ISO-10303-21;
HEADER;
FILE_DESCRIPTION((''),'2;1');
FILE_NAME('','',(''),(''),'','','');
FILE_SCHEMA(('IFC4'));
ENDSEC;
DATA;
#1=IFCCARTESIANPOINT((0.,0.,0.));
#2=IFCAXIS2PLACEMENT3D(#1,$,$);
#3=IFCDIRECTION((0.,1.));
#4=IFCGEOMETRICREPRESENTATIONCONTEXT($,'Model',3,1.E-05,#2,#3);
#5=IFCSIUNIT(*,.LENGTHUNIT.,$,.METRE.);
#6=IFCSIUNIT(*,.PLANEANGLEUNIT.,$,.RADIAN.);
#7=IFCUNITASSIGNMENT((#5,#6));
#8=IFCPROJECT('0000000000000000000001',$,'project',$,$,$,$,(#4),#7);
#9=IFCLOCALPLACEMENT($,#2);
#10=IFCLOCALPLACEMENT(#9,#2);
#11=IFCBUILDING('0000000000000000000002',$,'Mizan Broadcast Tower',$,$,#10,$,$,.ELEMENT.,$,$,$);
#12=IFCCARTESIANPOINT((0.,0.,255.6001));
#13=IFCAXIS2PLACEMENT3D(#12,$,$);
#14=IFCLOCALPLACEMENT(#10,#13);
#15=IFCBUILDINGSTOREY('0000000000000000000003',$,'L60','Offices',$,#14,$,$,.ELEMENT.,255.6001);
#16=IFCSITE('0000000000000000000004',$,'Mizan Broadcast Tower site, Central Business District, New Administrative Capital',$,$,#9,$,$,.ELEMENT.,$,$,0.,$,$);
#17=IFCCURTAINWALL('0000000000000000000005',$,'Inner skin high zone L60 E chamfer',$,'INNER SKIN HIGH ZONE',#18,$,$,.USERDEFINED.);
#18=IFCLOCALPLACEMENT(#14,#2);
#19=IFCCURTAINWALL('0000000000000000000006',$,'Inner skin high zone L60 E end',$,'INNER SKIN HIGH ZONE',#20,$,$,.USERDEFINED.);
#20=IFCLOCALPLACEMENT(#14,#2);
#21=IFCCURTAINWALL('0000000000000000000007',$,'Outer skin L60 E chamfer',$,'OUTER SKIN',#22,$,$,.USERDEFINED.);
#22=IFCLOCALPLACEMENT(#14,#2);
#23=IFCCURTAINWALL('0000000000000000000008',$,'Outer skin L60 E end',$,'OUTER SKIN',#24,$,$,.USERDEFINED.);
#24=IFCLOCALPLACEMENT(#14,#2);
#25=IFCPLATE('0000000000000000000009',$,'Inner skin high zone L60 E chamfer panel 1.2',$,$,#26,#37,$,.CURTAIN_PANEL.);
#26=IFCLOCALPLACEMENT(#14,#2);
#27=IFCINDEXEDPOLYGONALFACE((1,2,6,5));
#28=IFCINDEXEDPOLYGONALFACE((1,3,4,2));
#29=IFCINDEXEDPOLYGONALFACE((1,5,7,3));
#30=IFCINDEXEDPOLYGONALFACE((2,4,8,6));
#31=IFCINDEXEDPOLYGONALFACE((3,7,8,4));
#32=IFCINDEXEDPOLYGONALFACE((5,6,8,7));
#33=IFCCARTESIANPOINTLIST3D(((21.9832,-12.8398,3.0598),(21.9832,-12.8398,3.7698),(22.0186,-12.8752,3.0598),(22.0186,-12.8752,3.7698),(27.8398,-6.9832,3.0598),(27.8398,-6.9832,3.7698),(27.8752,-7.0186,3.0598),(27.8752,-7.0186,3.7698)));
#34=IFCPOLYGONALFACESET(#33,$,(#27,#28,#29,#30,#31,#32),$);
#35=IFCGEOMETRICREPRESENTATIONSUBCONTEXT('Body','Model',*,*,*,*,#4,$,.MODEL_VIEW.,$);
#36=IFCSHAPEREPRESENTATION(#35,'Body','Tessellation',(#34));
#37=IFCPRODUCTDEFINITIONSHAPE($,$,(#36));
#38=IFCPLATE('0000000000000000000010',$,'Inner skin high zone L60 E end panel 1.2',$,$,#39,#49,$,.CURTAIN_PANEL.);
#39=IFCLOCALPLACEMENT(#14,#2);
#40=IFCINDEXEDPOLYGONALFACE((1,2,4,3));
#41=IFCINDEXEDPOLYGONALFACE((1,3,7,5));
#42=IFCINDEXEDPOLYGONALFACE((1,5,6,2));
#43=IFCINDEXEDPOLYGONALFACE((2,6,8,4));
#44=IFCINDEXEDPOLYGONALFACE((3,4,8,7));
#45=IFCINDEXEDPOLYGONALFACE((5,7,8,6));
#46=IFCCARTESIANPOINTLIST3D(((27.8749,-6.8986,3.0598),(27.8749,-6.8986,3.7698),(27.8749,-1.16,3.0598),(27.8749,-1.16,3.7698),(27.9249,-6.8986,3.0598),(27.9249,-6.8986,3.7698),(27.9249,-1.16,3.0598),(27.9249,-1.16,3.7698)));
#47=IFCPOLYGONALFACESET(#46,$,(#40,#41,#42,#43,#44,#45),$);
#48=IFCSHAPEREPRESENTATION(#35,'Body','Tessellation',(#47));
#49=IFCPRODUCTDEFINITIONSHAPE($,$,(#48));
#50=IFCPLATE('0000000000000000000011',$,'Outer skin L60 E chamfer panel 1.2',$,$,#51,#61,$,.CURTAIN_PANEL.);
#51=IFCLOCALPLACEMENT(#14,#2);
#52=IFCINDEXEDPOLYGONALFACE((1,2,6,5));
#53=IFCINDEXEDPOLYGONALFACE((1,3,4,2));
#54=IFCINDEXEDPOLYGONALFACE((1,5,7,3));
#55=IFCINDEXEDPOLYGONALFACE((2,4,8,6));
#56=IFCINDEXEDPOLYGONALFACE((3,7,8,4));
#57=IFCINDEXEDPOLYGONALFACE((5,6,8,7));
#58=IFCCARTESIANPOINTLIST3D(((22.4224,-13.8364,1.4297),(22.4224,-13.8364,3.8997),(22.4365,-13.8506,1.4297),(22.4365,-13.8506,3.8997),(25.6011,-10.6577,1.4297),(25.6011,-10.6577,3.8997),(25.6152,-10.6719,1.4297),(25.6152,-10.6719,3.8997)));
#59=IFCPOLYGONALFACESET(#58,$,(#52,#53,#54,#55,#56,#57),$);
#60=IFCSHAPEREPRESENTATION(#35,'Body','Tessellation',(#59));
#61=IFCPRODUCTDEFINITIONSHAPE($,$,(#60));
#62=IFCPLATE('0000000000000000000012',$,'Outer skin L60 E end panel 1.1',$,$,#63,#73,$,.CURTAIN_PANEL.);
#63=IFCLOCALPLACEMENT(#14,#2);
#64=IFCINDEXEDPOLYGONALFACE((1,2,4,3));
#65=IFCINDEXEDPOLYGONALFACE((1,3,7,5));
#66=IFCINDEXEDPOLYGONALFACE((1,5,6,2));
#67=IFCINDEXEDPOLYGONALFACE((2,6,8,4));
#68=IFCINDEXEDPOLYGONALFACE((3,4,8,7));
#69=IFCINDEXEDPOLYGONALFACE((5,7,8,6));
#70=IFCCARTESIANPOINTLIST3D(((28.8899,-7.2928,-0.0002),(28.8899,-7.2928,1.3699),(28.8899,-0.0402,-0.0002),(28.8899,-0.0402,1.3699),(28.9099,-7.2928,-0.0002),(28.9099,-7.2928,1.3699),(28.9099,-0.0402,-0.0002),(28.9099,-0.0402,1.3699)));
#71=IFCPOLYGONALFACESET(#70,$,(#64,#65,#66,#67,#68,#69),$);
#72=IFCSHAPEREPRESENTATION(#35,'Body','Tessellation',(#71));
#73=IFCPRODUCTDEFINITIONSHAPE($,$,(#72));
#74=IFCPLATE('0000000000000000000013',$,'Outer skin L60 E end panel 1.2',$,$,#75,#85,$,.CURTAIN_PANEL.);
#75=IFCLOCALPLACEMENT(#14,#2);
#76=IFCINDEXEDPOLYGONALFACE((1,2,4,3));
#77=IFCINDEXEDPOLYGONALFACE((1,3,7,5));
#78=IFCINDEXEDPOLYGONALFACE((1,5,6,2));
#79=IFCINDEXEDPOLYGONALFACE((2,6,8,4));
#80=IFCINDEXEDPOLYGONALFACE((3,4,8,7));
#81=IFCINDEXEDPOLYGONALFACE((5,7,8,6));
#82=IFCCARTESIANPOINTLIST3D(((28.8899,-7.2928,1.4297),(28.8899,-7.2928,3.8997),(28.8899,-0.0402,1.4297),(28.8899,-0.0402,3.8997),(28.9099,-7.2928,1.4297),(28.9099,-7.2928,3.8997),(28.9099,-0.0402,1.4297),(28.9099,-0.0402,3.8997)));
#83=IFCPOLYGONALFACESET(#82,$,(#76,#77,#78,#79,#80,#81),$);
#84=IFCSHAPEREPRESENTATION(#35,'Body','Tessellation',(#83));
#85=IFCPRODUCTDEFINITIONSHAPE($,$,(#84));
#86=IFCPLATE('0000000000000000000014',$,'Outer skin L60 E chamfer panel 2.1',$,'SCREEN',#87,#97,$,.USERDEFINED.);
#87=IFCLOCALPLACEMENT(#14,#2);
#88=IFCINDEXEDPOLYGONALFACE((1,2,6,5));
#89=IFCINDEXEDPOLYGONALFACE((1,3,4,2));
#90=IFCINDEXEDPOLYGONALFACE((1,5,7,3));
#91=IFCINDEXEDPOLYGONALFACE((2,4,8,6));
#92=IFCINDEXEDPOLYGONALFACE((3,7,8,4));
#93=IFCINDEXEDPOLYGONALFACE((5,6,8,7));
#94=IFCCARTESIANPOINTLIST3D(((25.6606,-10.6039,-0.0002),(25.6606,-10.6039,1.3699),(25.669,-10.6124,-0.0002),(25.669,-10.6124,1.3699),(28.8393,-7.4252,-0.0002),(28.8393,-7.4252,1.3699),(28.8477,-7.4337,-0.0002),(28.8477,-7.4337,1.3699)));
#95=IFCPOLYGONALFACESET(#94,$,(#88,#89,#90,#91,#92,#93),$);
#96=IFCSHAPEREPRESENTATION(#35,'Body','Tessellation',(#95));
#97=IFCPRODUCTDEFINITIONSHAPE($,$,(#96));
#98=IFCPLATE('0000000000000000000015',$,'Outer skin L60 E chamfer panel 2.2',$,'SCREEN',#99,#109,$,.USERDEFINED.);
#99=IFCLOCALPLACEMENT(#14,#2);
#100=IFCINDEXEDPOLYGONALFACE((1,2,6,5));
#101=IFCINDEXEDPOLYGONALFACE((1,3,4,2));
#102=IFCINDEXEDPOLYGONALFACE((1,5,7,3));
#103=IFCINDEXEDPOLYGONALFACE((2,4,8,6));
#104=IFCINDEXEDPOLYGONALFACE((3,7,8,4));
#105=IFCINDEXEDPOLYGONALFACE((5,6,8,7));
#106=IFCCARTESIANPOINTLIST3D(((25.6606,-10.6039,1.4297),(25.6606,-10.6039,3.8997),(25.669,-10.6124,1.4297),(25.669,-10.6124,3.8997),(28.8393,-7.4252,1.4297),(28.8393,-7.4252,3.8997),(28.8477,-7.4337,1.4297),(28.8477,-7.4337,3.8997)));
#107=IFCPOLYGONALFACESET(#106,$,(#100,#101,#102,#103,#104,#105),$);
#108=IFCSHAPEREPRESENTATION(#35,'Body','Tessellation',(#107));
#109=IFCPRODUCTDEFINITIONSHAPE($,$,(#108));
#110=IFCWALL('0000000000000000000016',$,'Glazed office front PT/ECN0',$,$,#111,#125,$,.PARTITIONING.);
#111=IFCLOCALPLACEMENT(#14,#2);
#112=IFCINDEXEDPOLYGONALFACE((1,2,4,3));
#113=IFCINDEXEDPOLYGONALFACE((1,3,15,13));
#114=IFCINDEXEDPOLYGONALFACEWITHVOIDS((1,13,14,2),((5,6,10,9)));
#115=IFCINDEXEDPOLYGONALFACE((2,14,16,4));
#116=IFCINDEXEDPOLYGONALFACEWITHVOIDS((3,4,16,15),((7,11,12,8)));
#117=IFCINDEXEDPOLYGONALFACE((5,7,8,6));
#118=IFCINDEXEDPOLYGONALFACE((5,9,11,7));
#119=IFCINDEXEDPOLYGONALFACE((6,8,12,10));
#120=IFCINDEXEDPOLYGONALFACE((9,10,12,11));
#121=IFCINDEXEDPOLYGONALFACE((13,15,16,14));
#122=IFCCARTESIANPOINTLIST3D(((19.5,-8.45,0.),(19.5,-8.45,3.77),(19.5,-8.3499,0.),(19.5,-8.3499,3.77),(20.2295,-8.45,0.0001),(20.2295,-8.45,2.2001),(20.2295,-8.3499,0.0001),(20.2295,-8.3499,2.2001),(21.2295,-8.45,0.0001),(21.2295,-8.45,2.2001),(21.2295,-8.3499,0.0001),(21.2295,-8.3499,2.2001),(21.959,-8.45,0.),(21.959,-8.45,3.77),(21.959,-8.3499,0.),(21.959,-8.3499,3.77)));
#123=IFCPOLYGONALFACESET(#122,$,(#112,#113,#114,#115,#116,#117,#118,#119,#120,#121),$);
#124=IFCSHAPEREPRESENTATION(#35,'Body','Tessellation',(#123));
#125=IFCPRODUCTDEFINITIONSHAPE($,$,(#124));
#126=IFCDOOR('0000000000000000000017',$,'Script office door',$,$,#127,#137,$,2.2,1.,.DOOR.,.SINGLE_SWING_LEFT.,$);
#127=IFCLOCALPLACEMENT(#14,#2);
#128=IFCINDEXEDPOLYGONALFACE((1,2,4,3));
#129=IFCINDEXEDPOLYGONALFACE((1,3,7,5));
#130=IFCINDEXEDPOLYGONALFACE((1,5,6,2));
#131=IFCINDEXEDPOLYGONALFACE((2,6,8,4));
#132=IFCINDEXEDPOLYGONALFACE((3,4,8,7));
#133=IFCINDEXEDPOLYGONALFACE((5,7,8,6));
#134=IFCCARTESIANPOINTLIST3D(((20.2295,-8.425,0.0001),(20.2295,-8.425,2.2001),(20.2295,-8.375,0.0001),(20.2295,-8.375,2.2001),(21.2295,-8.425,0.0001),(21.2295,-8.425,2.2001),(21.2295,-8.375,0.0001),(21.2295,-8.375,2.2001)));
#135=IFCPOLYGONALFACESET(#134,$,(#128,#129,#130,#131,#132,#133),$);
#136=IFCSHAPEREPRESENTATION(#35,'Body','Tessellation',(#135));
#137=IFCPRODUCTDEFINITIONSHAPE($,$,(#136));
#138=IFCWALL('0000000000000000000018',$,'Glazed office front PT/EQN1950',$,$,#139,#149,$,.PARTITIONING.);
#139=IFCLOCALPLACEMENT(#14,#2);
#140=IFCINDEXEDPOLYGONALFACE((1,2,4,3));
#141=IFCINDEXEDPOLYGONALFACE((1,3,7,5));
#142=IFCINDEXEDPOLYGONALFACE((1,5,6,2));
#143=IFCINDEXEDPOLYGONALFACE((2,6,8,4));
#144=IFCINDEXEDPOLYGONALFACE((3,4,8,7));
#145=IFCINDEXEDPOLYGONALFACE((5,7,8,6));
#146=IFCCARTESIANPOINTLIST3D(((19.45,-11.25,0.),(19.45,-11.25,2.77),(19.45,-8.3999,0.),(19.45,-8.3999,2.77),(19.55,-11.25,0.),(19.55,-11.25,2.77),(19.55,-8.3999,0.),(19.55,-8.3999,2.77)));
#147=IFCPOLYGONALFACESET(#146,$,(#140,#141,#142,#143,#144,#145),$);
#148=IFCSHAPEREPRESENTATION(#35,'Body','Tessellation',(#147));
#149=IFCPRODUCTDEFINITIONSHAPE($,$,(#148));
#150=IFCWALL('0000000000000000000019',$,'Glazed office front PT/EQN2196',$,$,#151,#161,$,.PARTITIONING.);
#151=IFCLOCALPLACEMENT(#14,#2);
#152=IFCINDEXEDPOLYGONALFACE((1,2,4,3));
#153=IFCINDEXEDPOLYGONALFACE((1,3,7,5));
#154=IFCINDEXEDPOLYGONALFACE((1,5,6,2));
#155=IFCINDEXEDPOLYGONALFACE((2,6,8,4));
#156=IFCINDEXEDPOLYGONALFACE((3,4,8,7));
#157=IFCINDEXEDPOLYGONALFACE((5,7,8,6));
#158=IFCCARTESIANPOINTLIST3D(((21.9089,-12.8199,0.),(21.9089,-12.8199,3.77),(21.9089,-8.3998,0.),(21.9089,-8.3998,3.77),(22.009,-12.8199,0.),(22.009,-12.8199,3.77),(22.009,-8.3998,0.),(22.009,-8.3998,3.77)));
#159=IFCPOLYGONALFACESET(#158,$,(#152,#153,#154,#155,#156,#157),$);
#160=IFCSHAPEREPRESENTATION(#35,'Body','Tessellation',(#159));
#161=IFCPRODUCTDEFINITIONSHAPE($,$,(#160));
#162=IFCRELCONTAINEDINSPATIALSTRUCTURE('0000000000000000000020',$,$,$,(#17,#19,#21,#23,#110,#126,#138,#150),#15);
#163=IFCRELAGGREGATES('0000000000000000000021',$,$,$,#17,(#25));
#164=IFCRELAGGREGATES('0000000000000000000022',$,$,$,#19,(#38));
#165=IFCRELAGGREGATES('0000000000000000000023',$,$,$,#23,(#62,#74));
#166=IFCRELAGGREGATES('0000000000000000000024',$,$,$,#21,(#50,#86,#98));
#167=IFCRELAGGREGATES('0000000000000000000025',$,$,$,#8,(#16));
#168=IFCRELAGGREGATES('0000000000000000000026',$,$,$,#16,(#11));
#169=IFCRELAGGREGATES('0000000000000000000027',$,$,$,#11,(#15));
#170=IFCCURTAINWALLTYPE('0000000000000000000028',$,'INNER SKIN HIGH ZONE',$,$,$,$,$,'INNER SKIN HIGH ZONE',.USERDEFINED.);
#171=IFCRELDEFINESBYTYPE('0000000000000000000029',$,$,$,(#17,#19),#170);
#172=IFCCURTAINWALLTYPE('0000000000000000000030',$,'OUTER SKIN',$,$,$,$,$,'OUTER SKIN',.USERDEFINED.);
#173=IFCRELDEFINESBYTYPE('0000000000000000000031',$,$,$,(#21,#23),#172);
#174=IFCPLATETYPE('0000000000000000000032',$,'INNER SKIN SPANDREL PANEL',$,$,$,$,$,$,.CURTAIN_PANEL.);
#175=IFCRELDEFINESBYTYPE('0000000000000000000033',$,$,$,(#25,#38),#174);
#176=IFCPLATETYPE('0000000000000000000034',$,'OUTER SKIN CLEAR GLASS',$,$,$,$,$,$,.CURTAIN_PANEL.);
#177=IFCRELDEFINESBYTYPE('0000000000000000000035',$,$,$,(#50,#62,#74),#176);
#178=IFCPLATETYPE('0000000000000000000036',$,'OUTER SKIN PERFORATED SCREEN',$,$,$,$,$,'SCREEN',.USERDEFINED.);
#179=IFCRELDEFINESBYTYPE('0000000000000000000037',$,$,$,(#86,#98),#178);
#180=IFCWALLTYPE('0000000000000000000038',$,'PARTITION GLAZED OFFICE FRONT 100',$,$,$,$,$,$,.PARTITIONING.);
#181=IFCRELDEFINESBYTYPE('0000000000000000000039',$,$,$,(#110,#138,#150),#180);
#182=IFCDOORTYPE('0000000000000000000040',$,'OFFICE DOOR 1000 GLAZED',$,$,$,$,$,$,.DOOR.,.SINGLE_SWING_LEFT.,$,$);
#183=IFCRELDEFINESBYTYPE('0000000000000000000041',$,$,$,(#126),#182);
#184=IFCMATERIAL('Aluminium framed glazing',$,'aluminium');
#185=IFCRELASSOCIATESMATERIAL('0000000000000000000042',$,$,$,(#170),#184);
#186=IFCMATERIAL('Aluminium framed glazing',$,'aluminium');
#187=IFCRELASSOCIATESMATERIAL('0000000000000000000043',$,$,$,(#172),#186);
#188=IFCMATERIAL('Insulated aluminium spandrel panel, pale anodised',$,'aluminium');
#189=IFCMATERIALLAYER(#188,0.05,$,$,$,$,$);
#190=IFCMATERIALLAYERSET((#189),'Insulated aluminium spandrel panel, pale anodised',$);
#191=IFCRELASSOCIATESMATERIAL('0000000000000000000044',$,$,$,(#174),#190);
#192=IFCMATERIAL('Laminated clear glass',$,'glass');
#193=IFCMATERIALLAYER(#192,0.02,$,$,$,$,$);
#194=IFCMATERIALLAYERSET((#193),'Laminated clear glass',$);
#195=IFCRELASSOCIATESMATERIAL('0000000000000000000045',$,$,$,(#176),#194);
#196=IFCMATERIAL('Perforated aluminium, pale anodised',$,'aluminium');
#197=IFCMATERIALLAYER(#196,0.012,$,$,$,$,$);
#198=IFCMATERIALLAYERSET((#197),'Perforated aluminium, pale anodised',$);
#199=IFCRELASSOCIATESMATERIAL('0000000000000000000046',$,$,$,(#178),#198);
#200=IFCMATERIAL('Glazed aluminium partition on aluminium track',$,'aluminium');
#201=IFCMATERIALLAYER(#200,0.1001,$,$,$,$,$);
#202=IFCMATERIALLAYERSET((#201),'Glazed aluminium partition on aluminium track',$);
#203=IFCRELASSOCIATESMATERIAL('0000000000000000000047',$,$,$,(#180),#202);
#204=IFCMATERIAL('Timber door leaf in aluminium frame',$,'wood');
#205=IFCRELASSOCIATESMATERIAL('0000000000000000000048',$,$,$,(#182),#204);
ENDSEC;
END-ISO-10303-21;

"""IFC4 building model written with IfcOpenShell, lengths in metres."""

from ifc_helpers import new_model, si_unit, direction, frame, frame_2d, origin, origin_2d, place, context, subcontext, project, spatial, rectangle, extrude, material, layer, layer_set, type_object, element, fill, aggregate, save


model = new_model("IFC4")

# Units and contexts
model_context = context("Model", 3, precision=1e-05, world=origin(), true_north=direction((0.0, 1.0)))
body_context = subcontext(model_context, "Body", "Model", "MODEL_VIEW")
ifc_project = project(units=[si_unit("LENGTHUNIT", "METRE"), si_unit("PLANEANGLEUNIT", "RADIAN")], contexts=[model_context])

# Site, building, storey
site_placement = place(None, origin())
site = spatial("IfcSite", under=ifc_project, at=site_placement, Name="Mizan Broadcast Tower site, Central Business District, New Administrative Capital", CompositionType="ELEMENT", RefElevation=0.0)
building_placement = place(site_placement, origin())
building = spatial("IfcBuilding", under=site, at=building_placement, Name="Mizan Broadcast Tower", CompositionType="ELEMENT")
storey_placement = place(building_placement, frame((0.0, 0.0, 255.6001)))
storey = spatial("IfcBuildingStorey", under=building, at=storey_placement, Name="L60", Description="Offices", CompositionType="ELEMENT", Elevation=255.6001)

# Curtain wall
ifc_material_1 = material(Name="Aluminium framed glazing", Category="aluminium")
curtain_wall_type_1 = type_object("IfcCurtainWallType", Name="INNER SKIN HIGH ZONE", ElementType="INNER SKIN HIGH ZONE", PredefinedType="USERDEFINED", material=ifc_material_1)
curtain_wall_1_placement = place(storey_placement, origin())
curtain_wall_1 = element("IfcCurtainWall", 1, at=curtain_wall_1_placement, inside=storey, type_object=curtain_wall_type_1, Name="Inner skin high zone L60 E chamfer", ObjectType="INNER SKIN HIGH ZONE", PredefinedType="USERDEFINED")

# Curtain walls
curtain_wall_2_placement = place(storey_placement, origin())
curtain_wall_2 = element("IfcCurtainWall", 2, at=curtain_wall_2_placement, inside=storey, type_object=curtain_wall_type_1, Name="Inner skin high zone L60 E end", ObjectType="INNER SKIN HIGH ZONE", PredefinedType="USERDEFINED")
ifc_material_2 = material(Name="Aluminium framed glazing", Category="aluminium")
curtain_wall_type_2 = type_object("IfcCurtainWallType", Name="OUTER SKIN", ElementType="OUTER SKIN", PredefinedType="USERDEFINED", material=ifc_material_2)
curtain_wall_3_placement = place(storey_placement, origin())
curtain_wall_3 = element("IfcCurtainWall", 3, at=curtain_wall_3_placement, inside=storey, type_object=curtain_wall_type_2, Name="Outer skin L60 E chamfer", ObjectType="OUTER SKIN", PredefinedType="USERDEFINED")

# Curtain wall
curtain_wall_4_placement = place(storey_placement, origin())
curtain_wall_4 = element("IfcCurtainWall", 4, at=curtain_wall_4_placement, inside=storey, type_object=curtain_wall_type_2, Name="Outer skin L60 E end", ObjectType="OUTER SKIN", PredefinedType="USERDEFINED")

# Plates
ifc_material_3 = material(Name="Insulated aluminium spandrel panel, pale anodised", Category="aluminium")
ifc_layer_1 = layer(ifc_material_3, 0.05)
ifc_layer_set_1 = layer_set([ifc_layer_1], Name="Insulated aluminium spandrel panel, pale anodised")
plate_type_1 = type_object("IfcPlateType", Name="INNER SKIN SPANDREL PANEL", PredefinedType="CURTAIN_PANEL", material=ifc_layer_set_1)
plate_1_placement = place(storey_placement, frame((24.9292, -9.9292, 3.0598), z_axis=(0.0, 0.0, 1.0), x_axis=(0.707107, 0.707107, 0.0)))
plate_1 = element("IfcPlate", 5, at=plate_1_placement, type_object=plate_type_1, Name="Inner skin high zone L60 E chamfer panel 1.2", PredefinedType="CURTAIN_PANEL", context=body_context, shape_type="SweptSolid", body=[
    extrude(rectangle(XDim=8.2825, YDim=0.05, at=origin_2d()), origin(), (0.0, 0.0, 1.0), 0.71),
])
aggregate(curtain_wall_1, [plate_1])
plate_2_placement = place(storey_placement, frame((27.8999, -4.0293, 3.0598), z_axis=(0.0, 0.0, 1.0), x_axis=(0.0, 1.0, 0.0)))
plate_2 = element("IfcPlate", 6, at=plate_2_placement, type_object=plate_type_1, Name="Inner skin high zone L60 E end panel 1.2", PredefinedType="CURTAIN_PANEL", context=body_context, shape_type="SweptSolid", body=[
    extrude(rectangle(XDim=5.7385, YDim=0.05, at=origin_2d()), origin(), (0.0, 0.0, 1.0), 0.71),
])
aggregate(curtain_wall_2, [plate_2])
ifc_material_4 = material(Name="Laminated clear glass", Category="glass")
ifc_layer_2 = layer(ifc_material_4, 0.02)
ifc_layer_set_2 = layer_set([ifc_layer_2], Name="Laminated clear glass")
plate_type_2 = type_object("IfcPlateType", Name="OUTER SKIN CLEAR GLASS", PredefinedType="CURTAIN_PANEL", material=ifc_layer_set_2)
plate_3_placement = place(storey_placement, frame((24.0188, -12.2542, 1.4297), z_axis=(0.0, 0.0, 1.0), x_axis=(0.707107, 0.707107, 0.0)))
plate_3 = element("IfcPlate", 7, at=plate_3_placement, type_object=plate_type_2, Name="Outer skin L60 E chamfer panel 1.2", PredefinedType="CURTAIN_PANEL", context=body_context, shape_type="SweptSolid", body=[
    extrude(rectangle(XDim=4.4954, YDim=0.02, at=origin_2d()), origin(), (0.0, 0.0, 1.0), 2.47),
])
plate_4_placement = place(storey_placement, frame((28.8999, -3.6665, -0.0002), z_axis=(0.0, 0.0, 1.0), x_axis=(0.0, 1.0, 0.0)))
plate_4 = element("IfcPlate", 8, at=plate_4_placement, type_object=plate_type_2, Name="Outer skin L60 E end panel 1.1", PredefinedType="CURTAIN_PANEL", context=body_context, shape_type="SweptSolid", body=[
    extrude(rectangle(XDim=7.2527, YDim=0.02, at=origin_2d()), origin(), (0.0, 0.0, 1.0), 1.3701),
])
plate_5_placement = place(storey_placement, frame((28.8999, -3.6665, 1.4297), z_axis=(0.0, 0.0, 1.0), x_axis=(0.0, 1.0, 0.0)))
plate_5 = element("IfcPlate", 9, at=plate_5_placement, type_object=plate_type_2, Name="Outer skin L60 E end panel 1.2", PredefinedType="CURTAIN_PANEL", context=body_context, shape_type="SweptSolid", body=[
    extrude(rectangle(XDim=7.2527, YDim=0.02, at=origin_2d()), origin(), (0.0, 0.0, 1.0), 2.47),
])
aggregate(curtain_wall_4, [plate_4, plate_5])
ifc_material_5 = material(Name="Perforated aluminium, pale anodised", Category="aluminium")
ifc_layer_3 = layer(ifc_material_5, 0.012)
ifc_layer_set_3 = layer_set([ifc_layer_3], Name="Perforated aluminium, pale anodised")
plate_type_3 = type_object("IfcPlateType", Name="OUTER SKIN PERFORATED SCREEN", ElementType="SCREEN", PredefinedType="USERDEFINED", material=ifc_layer_set_3)
plate_6_placement = place(storey_placement, frame((27.2542, -9.0188, -0.0002), z_axis=(0.0, 0.0, 1.0), x_axis=(0.707107, 0.707107, 0.0)))
plate_6 = element("IfcPlate", 10, at=plate_6_placement, type_object=plate_type_3, Name="Outer skin L60 E chamfer panel 2.1", ObjectType="SCREEN", PredefinedType="USERDEFINED", context=body_context, shape_type="SweptSolid", body=[
    extrude(rectangle(XDim=4.4954, YDim=0.012, at=origin_2d()), origin(), (0.0, 0.0, 1.0), 1.3701),
])
plate_7_placement = place(storey_placement, frame((27.2542, -9.0188, 1.4297), z_axis=(0.0, 0.0, 1.0), x_axis=(0.707107, 0.707107, 0.0)))
plate_7 = element("IfcPlate", 11, at=plate_7_placement, type_object=plate_type_3, Name="Outer skin L60 E chamfer panel 2.2", ObjectType="SCREEN", PredefinedType="USERDEFINED", context=body_context, shape_type="SweptSolid", body=[
    extrude(rectangle(XDim=4.4954, YDim=0.012, at=origin_2d()), origin(), (0.0, 0.0, 1.0), 2.47),
])
aggregate(curtain_wall_3, [plate_3, plate_6, plate_7])

# Wall, opening, door
ifc_material_6 = material(Name="Glazed aluminium partition on aluminium track", Category="aluminium")
ifc_layer_4 = layer(ifc_material_6, 0.1001)
ifc_layer_set_4 = layer_set([ifc_layer_4], Name="Glazed aluminium partition on aluminium track")
wall_type = type_object("IfcWallType", Name="PARTITION GLAZED OFFICE FRONT 100", PredefinedType="PARTITIONING", material=ifc_layer_set_4)
wall_1_placement = place(storey_placement, frame((19.5, -8.3999, 0.0), z_axis=(0.0, 0.0, 1.0), x_axis=(1.0, 0.0, 0.0)))
wall_1 = element("IfcWall", 12, at=wall_1_placement, inside=storey, type_object=wall_type, Name="Glazed office front PT/ECN0", PredefinedType="PARTITIONING", context=body_context, shape_type="SweptSolid", body=[
    extrude(rectangle(XDim=2.459, YDim=0.1001, at=frame_2d((1.2295, 0.0))), origin(), (0.0, 0.0, 1.0), 3.77),
])
opening_placement = place(wall_1_placement, frame((0.7295, 0.0, 0.0)))
opening = element("IfcOpeningElement", 13, at=opening_placement, cuts=wall_1, PredefinedType="OPENING", context=body_context, shape_type="SweptSolid", body=[
    extrude(rectangle(XDim=1.0, YDim=2.2, at=frame_2d((0.5, 1.1001))), frame((0.0, 0.0601, 0.0), z_axis=(0.0, -1.0, 0.0), x_axis=(1.0, 0.0, 0.0)), (0.0, 0.0, 1.0), 0.1201),
])
ifc_material_7 = material(Name="Timber door leaf in aluminium frame", Category="wood")
door_type = type_object("IfcDoorType", Name="OFFICE DOOR 1000 GLAZED", OperationType="SINGLE_SWING_LEFT", PredefinedType="DOOR", material=ifc_material_7)
door_placement = place(opening_placement, origin())
door = element("IfcDoor", 14, at=door_placement, inside=storey, type_object=door_type, Name="Script office door", OperationType="SINGLE_SWING_LEFT", OverallHeight=2.2, OverallWidth=1.0, PredefinedType="DOOR", context=body_context, shape_type="SweptSolid", body=[
    extrude(rectangle(XDim=1.0, YDim=2.2, at=frame_2d((0.5, 1.1001))), frame((0.0, 0.0249, 0.0), z_axis=(0.0, -1.0, 0.0), x_axis=(1.0, 0.0, 0.0)), (0.0, 0.0, 1.0), 0.05),
])
fill(opening, door)

# Walls
wall_2_placement = place(storey_placement, frame((19.5, -8.3999, 0.0), z_axis=(0.0, 0.0, 1.0), x_axis=(0.0, -1.0, 0.0)))
element("IfcWall", 15, at=wall_2_placement, inside=storey, type_object=wall_type, Name="Glazed office front PT/EQN1950", PredefinedType="PARTITIONING", context=body_context, shape_type="SweptSolid", body=[
    extrude(rectangle(XDim=2.8501, YDim=0.1001, at=frame_2d((1.425, 0.0))), origin(), (0.0, 0.0, 1.0), 2.77),
])
wall_3_placement = place(storey_placement, frame((21.959, -8.3999, 0.0), z_axis=(0.0, 0.0, 1.0), x_axis=(0.0, -1.0, 0.0)))
element("IfcWall", 16, at=wall_3_placement, inside=storey, type_object=wall_type, Name="Glazed office front PT/EQN2196", PredefinedType="PARTITIONING", context=body_context, shape_type="SweptSolid", body=[
    extrude(rectangle(XDim=4.4202, YDim=0.1001, at=frame_2d((2.21, 0.0))), origin(), (0.0, 0.0, 1.0), 3.77),
])

save(model, "model.ifc")
